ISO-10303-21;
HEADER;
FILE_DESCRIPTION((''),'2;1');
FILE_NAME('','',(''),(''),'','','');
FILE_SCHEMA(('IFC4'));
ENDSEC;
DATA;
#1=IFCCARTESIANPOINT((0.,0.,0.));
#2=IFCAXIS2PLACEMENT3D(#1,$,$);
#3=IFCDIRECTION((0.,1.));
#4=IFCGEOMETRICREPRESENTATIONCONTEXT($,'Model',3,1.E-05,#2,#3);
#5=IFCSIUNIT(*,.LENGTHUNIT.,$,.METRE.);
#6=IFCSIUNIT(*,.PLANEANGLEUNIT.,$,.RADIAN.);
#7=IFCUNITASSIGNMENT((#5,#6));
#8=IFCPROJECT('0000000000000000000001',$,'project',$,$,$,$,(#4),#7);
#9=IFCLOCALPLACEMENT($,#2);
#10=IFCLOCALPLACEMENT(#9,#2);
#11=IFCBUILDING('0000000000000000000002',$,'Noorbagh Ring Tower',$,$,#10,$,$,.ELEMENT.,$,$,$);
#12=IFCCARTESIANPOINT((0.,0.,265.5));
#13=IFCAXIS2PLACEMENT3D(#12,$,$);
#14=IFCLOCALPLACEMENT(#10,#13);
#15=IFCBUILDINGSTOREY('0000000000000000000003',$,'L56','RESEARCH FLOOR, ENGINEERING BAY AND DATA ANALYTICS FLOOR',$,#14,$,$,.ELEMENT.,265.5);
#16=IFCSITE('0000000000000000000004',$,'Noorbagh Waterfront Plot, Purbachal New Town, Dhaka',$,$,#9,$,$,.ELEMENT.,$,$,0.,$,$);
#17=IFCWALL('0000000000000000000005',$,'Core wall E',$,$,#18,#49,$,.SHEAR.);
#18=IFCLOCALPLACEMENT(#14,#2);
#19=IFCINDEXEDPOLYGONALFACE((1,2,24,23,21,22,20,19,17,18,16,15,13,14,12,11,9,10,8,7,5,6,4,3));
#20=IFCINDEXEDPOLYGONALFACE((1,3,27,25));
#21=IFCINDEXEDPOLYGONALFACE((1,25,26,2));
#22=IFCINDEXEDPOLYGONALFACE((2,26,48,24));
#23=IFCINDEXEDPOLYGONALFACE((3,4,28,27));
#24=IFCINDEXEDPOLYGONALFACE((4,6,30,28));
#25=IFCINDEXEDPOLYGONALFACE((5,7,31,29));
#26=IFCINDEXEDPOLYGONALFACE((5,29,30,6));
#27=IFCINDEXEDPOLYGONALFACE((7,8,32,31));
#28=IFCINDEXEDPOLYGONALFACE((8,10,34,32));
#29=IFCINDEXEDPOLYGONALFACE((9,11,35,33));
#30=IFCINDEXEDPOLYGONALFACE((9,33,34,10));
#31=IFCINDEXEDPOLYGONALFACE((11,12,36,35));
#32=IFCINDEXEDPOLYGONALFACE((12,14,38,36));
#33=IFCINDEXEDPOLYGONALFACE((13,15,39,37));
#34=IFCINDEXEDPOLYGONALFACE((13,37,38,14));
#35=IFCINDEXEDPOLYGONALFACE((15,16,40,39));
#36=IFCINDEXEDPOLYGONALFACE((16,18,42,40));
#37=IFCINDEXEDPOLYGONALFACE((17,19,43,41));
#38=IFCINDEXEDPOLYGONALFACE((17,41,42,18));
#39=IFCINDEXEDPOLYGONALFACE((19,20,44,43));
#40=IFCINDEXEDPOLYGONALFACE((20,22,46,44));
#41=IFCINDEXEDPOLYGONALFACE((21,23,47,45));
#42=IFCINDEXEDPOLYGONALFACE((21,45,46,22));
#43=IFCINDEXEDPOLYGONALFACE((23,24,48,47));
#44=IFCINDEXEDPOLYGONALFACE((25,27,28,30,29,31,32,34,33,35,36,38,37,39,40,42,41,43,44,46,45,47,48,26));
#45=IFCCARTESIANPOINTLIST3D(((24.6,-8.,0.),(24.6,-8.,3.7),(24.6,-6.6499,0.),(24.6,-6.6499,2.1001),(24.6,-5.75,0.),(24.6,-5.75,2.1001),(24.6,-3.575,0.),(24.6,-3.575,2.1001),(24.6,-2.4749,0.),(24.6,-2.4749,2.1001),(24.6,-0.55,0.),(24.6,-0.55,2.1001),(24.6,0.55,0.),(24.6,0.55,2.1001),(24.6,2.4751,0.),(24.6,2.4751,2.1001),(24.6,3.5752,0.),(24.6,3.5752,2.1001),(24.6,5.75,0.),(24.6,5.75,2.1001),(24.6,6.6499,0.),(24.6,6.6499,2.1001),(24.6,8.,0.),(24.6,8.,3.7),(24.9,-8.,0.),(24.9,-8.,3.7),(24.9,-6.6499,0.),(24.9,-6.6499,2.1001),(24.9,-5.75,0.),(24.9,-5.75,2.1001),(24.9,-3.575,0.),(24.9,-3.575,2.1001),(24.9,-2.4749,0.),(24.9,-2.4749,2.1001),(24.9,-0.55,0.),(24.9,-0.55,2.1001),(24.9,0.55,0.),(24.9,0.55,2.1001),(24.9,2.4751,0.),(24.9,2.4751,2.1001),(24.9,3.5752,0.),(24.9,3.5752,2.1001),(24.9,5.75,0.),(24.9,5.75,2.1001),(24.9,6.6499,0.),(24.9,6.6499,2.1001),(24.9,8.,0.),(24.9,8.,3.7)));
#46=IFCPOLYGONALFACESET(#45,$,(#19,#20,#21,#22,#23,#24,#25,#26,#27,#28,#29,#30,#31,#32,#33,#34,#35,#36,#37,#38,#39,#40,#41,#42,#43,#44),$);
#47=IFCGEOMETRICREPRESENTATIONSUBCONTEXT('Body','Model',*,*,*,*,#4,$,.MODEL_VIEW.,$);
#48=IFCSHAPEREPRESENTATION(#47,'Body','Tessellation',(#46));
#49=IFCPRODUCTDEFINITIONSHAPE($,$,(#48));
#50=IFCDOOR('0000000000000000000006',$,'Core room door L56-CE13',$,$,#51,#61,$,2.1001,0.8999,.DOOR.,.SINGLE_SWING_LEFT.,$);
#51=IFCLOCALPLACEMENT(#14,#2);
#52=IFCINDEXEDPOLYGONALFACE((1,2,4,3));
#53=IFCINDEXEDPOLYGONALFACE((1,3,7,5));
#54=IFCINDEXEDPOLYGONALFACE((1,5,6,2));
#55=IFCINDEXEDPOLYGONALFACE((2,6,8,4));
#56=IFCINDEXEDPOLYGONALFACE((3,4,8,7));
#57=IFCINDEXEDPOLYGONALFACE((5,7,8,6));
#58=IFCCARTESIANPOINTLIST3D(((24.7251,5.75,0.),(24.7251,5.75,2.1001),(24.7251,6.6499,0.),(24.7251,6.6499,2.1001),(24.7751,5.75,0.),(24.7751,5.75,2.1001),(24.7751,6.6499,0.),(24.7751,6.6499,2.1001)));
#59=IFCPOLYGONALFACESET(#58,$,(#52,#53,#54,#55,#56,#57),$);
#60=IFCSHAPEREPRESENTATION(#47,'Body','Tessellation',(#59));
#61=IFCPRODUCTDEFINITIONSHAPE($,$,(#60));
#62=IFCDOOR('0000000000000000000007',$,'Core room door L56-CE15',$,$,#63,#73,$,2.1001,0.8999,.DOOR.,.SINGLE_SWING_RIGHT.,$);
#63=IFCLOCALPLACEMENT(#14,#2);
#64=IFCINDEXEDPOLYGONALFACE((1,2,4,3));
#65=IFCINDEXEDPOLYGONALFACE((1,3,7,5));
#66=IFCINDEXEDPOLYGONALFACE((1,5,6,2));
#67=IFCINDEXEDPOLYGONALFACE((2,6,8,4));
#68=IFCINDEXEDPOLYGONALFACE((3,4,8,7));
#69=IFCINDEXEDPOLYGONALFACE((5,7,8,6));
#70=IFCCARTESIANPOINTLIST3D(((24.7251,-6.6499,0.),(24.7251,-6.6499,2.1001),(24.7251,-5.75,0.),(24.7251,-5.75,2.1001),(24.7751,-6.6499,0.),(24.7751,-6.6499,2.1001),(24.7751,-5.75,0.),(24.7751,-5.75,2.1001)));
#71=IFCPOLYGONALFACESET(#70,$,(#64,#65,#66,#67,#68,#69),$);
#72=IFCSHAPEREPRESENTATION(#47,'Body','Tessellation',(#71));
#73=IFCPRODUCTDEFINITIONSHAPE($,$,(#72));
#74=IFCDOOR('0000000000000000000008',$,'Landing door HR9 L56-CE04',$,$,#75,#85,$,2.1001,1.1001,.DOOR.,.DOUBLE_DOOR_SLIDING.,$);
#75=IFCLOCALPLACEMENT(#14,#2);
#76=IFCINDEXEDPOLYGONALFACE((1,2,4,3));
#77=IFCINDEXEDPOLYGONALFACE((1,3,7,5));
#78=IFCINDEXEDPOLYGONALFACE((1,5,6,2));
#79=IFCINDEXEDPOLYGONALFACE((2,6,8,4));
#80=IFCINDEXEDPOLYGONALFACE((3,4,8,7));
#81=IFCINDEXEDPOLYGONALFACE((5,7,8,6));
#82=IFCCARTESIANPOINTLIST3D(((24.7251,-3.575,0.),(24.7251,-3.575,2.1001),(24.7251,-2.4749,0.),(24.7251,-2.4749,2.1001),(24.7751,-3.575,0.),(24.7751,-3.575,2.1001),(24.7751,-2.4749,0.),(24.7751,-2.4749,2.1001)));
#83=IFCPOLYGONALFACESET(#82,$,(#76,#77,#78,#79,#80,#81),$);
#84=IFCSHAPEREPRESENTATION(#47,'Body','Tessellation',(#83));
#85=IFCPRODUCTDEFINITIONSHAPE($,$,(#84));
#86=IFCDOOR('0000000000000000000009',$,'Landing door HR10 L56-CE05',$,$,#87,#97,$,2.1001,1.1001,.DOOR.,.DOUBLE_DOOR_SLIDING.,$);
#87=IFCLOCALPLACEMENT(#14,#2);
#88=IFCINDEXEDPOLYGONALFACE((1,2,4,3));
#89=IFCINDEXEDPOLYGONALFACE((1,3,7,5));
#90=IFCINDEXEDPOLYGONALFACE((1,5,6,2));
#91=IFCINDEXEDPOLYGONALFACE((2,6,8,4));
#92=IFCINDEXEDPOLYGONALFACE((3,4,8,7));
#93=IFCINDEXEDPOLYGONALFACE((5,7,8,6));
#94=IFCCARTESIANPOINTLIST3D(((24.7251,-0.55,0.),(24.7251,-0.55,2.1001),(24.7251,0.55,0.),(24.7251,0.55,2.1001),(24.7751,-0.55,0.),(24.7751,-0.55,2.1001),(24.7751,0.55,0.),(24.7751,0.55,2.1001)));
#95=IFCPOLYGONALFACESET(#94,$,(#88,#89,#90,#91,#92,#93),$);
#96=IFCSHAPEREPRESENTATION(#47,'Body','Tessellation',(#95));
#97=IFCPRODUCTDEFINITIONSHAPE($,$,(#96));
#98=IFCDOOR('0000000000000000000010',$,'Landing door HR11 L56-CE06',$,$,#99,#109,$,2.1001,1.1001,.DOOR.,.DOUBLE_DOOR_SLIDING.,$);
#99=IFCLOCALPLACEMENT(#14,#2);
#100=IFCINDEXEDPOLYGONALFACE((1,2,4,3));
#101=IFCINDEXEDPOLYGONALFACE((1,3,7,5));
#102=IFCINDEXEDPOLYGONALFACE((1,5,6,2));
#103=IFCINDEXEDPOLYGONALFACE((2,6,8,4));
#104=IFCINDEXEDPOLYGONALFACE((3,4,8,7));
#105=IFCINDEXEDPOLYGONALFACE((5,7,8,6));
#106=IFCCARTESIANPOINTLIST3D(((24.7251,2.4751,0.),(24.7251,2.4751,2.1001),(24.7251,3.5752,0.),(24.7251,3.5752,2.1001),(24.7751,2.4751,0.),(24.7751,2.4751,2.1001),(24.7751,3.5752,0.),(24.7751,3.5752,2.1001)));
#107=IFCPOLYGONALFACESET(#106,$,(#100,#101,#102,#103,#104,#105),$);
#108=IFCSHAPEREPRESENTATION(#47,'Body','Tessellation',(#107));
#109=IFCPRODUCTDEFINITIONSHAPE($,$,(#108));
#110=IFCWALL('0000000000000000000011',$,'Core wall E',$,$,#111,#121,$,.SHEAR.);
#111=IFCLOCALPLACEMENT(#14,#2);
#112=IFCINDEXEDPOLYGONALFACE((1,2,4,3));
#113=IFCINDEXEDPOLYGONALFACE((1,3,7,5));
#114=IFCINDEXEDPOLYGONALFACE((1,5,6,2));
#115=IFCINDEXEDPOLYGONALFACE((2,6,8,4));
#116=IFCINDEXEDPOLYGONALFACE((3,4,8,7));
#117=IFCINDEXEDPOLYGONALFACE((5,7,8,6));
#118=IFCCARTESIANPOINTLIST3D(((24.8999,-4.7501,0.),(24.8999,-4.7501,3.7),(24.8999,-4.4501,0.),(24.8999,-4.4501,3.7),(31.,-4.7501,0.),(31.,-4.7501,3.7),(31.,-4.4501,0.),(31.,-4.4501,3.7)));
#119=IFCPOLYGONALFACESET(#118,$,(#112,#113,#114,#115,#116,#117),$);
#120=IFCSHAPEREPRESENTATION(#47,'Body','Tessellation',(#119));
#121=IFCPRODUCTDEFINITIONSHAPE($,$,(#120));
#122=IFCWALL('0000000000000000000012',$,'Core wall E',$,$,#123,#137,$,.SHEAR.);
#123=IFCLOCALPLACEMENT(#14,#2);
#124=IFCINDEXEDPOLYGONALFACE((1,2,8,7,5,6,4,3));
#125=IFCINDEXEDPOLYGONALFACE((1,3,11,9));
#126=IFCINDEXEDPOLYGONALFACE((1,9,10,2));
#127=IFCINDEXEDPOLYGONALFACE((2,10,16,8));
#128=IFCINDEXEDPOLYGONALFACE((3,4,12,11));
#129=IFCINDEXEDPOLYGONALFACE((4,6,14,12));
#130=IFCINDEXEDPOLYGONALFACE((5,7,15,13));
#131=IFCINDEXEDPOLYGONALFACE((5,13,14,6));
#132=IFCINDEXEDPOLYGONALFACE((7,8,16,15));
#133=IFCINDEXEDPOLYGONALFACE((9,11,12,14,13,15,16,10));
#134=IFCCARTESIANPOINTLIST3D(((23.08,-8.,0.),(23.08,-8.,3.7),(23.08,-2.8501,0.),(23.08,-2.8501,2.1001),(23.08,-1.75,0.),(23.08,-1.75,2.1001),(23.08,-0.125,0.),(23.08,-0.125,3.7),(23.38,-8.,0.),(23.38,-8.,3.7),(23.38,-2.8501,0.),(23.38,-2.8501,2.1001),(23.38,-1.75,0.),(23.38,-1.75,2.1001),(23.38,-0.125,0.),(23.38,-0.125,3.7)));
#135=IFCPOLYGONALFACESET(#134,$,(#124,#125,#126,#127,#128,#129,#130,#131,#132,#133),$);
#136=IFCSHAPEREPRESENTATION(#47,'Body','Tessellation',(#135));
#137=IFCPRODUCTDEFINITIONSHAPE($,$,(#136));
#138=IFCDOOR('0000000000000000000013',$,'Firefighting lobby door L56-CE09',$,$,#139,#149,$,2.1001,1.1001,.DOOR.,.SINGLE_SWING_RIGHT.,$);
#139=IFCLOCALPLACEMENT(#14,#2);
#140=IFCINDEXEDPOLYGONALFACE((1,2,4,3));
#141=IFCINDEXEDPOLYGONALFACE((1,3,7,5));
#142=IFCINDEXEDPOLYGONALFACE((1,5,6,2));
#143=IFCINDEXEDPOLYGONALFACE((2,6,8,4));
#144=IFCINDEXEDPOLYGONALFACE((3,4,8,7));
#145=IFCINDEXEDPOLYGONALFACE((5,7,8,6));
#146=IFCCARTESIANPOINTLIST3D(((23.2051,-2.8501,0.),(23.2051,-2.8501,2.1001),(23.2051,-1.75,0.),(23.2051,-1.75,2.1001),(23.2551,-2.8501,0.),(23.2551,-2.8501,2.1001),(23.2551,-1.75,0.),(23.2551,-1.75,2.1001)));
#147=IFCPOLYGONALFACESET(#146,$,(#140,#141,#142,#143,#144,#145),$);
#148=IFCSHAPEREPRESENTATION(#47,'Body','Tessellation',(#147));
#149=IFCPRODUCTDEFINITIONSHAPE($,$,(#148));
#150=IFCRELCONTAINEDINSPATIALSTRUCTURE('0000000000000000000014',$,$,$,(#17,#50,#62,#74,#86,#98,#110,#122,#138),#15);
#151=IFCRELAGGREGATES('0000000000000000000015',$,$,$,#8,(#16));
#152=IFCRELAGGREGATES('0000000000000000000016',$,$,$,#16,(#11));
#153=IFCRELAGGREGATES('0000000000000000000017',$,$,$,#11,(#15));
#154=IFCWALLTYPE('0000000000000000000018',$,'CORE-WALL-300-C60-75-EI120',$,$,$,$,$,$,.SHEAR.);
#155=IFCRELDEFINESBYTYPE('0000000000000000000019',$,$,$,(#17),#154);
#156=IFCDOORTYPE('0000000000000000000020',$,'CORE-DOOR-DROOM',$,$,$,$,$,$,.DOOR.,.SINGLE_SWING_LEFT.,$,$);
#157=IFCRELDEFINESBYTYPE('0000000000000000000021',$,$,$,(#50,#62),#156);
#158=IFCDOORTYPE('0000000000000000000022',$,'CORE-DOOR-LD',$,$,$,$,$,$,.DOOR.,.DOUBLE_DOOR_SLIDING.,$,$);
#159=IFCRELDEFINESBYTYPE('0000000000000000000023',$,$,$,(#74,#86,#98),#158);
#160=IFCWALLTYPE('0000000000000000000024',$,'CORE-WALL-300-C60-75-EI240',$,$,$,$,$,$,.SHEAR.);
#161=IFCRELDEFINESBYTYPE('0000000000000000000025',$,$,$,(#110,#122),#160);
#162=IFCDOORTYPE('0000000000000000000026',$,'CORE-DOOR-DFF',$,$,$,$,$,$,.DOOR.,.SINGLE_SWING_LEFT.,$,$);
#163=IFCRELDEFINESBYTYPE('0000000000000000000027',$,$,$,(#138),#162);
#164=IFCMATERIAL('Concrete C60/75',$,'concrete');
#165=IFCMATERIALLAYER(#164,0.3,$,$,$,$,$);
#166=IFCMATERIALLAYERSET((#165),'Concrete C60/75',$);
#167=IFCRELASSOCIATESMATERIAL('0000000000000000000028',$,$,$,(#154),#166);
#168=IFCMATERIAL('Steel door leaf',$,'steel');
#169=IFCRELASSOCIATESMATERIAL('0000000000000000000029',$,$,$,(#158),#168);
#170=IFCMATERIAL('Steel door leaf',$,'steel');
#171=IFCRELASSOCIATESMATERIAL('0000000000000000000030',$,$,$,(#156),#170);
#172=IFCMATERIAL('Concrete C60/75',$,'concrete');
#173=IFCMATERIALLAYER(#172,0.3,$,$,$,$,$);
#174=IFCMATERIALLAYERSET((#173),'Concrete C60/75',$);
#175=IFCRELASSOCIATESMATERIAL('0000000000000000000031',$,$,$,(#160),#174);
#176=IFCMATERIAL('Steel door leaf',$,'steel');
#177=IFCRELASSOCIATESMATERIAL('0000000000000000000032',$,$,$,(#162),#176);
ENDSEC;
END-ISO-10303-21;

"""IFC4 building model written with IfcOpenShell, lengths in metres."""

from ifc_helpers import new_model, si_unit, direction, frame, frame_2d, origin, place, context, subcontext, project, spatial, rectangle, extrude, material, layer, layer_set, type_object, element, fill, save


model = new_model("IFC4")

# Units and contexts
model_context = context("Model", 3, precision=1e-05, world=origin(), true_north=direction((0.0, 1.0)))
body_context = subcontext(model_context, "Body", "Model", "MODEL_VIEW")
ifc_project = project(units=[si_unit("LENGTHUNIT", "METRE"), si_unit("PLANEANGLEUNIT", "RADIAN")], contexts=[model_context])

# Site, building, storey
site_placement = place(None, origin())
site = spatial("IfcSite", under=ifc_project, at=site_placement, Name="Noorbagh Waterfront Plot, Purbachal New Town, Dhaka", CompositionType="ELEMENT", RefElevation=0.0)
building_placement = place(site_placement, origin())
building = spatial("IfcBuilding", under=site, at=building_placement, Name="Noorbagh Ring Tower", CompositionType="ELEMENT")
storey_placement = place(building_placement, frame((0.0, 0.0, 265.5)))
storey = spatial("IfcBuildingStorey", under=building, at=storey_placement, Name="L56", Description="RESEARCH FLOOR, ENGINEERING BAY AND DATA ANALYTICS FLOOR", CompositionType="ELEMENT", Elevation=265.5)

# Shared definitions
ifc_material_1 = material(Name="Concrete C60/75", Category="concrete")
ifc_layer_1 = layer(ifc_material_1, 0.3)
ifc_layer_set_1 = layer_set([ifc_layer_1], Name="Concrete C60/75")
wall_type_1 = type_object("IfcWallType", Name="CORE-WALL-300-C60-75-EI120", PredefinedType="SHEAR", material=ifc_layer_set_1)

# Wall, openings, doors
ifc_material_2 = material(Name="Steel door leaf", Category="steel")
door_type_1 = type_object("IfcDoorType", Name="CORE-DOOR-LD", OperationType="DOUBLE_DOOR_SLIDING", PredefinedType="DOOR", material=ifc_material_2)
wall_1_placement = place(storey_placement, frame((24.75, -8.0, 0.0), z_axis=(0.0, 0.0, 1.0), x_axis=(0.0, 1.0, 0.0)))
wall_1 = element("IfcWall", 1, at=wall_1_placement, inside=storey, type_object=wall_type_1, Name="Core wall E", PredefinedType="SHEAR", context=body_context, shape_type="SweptSolid", body=[
    extrude(rectangle(XDim=16.0, YDim=0.3, at=frame_2d((8.0, 0.0))), origin(), (0.0, 0.0, 1.0), 3.7),
])
opening_1_placement = place(wall_1_placement, frame((4.425, 0.0, 0.0)))
opening_1 = element("IfcOpeningElement", 2, at=opening_1_placement, cuts=wall_1, PredefinedType="OPENING", context=body_context, shape_type="SweptSolid", body=[
    extrude(rectangle(XDim=1.1001, YDim=2.1001, at=frame_2d((0.55, 1.05))), frame((0.0, 0.1602, 0.0), z_axis=(0.0, -1.0, 0.0), x_axis=(1.0, 0.0, 0.0)), (0.0, 0.0, 1.0), 0.3201),
])
opening_2_placement = place(wall_1_placement, frame((7.45, 0.0, 0.0)))
opening_2 = element("IfcOpeningElement", 3, at=opening_2_placement, cuts=wall_1, PredefinedType="OPENING", context=body_context, shape_type="SweptSolid", body=[
    extrude(rectangle(XDim=1.1001, YDim=2.1001, at=frame_2d((0.55, 1.05))), frame((0.0, 0.1602, 0.0), z_axis=(0.0, -1.0, 0.0), x_axis=(1.0, 0.0, 0.0)), (0.0, 0.0, 1.0), 0.3201),
])
opening_3_placement = place(wall_1_placement, frame((10.4751, 0.0, 0.0)))
opening_3 = element("IfcOpeningElement", 4, at=opening_3_placement, cuts=wall_1, PredefinedType="OPENING", context=body_context, shape_type="SweptSolid", body=[
    extrude(rectangle(XDim=1.1001, YDim=2.1001, at=frame_2d((0.55, 1.05))), frame((0.0, 0.1602, 0.0), z_axis=(0.0, -1.0, 0.0), x_axis=(1.0, 0.0, 0.0)), (0.0, 0.0, 1.0), 0.3201),
])
opening_4_placement = place(wall_1_placement, frame((13.75, 0.0, 0.0)))
opening_4 = element("IfcOpeningElement", 5, at=opening_4_placement, cuts=wall_1, PredefinedType="OPENING", context=body_context, shape_type="SweptSolid", body=[
    extrude(rectangle(XDim=0.8999, YDim=2.1001, at=frame_2d((0.45, 1.05))), frame((0.0, 0.1602, 0.0), z_axis=(0.0, -1.0, 0.0), x_axis=(1.0, 0.0, 0.0)), (0.0, 0.0, 1.0), 0.3201),
])
opening_5_placement = place(wall_1_placement, frame((1.3501, 0.0, 0.0)))
opening_5 = element("IfcOpeningElement", 6, at=opening_5_placement, cuts=wall_1, PredefinedType="OPENING", context=body_context, shape_type="SweptSolid", body=[
    extrude(rectangle(XDim=0.8999, YDim=2.1001, at=frame_2d((0.45, 1.05))), frame((0.0, 0.1602, 0.0), z_axis=(0.0, -1.0, 0.0), x_axis=(1.0, 0.0, 0.0)), (0.0, 0.0, 1.0), 0.3201),
])
ifc_material_3 = material(Name="Steel door leaf", Category="steel")
door_type_2 = type_object("IfcDoorType", Name="CORE-DOOR-DROOM", OperationType="SINGLE_SWING_LEFT", PredefinedType="DOOR", material=ifc_material_3)
door_1_placement = place(opening_4_placement, origin())
door_1 = element("IfcDoor", 7, at=door_1_placement, inside=storey, type_object=door_type_2, Name="Core room door L56-CE13", OperationType="SINGLE_SWING_LEFT", OverallHeight=2.1001, OverallWidth=0.8999, PredefinedType="DOOR", context=body_context, shape_type="SweptSolid", body=[
    extrude(rectangle(XDim=0.8999, YDim=2.1001, at=frame_2d((0.45, 1.05))), frame((0.0, 0.0249, 0.0), z_axis=(0.0, -1.0, 0.0), x_axis=(1.0, 0.0, 0.0)), (0.0, 0.0, 1.0), 0.05),
])
fill(opening_4, door_1)
door_2_placement = place(opening_5_placement, origin())
door_2 = element("IfcDoor", 8, at=door_2_placement, inside=storey, type_object=door_type_2, Name="Core room door L56-CE15", OperationType="SINGLE_SWING_RIGHT", OverallHeight=2.1001, OverallWidth=0.8999, PredefinedType="DOOR", context=body_context, shape_type="SweptSolid", body=[
    extrude(rectangle(XDim=0.8999, YDim=2.1001, at=frame_2d((0.45, 1.05))), frame((0.0, 0.0249, 0.0), z_axis=(0.0, -1.0, 0.0), x_axis=(1.0, 0.0, 0.0)), (0.0, 0.0, 1.0), 0.05),
])
fill(opening_5, door_2)
door_3_placement = place(opening_1_placement, origin())
door_3 = element("IfcDoor", 9, at=door_3_placement, inside=storey, type_object=door_type_1, Name="Landing door HR9 L56-CE04", OperationType="DOUBLE_DOOR_SLIDING", OverallHeight=2.1001, OverallWidth=1.1001, PredefinedType="DOOR", context=body_context, shape_type="SweptSolid", body=[
    extrude(rectangle(XDim=1.1001, YDim=2.1001, at=frame_2d((0.55, 1.05))), frame((0.0, 0.0249, 0.0), z_axis=(0.0, -1.0, 0.0), x_axis=(1.0, 0.0, 0.0)), (0.0, 0.0, 1.0), 0.05),
])
fill(opening_1, door_3)
door_4_placement = place(opening_2_placement, origin())
door_4 = element("IfcDoor", 10, at=door_4_placement, inside=storey, type_object=door_type_1, Name="Landing door HR10 L56-CE05", OperationType="DOUBLE_DOOR_SLIDING", OverallHeight=2.1001, OverallWidth=1.1001, PredefinedType="DOOR", context=body_context, shape_type="SweptSolid", body=[
    extrude(rectangle(XDim=1.1001, YDim=2.1001, at=frame_2d((0.55, 1.05))), frame((0.0, 0.0249, 0.0), z_axis=(0.0, -1.0, 0.0), x_axis=(1.0, 0.0, 0.0)), (0.0, 0.0, 1.0), 0.05),
])
fill(opening_2, door_4)
door_5_placement = place(opening_3_placement, origin())
door_5 = element("IfcDoor", 11, at=door_5_placement, inside=storey, type_object=door_type_1, Name="Landing door HR11 L56-CE06", OperationType="DOUBLE_DOOR_SLIDING", OverallHeight=2.1001, OverallWidth=1.1001, PredefinedType="DOOR", context=body_context, shape_type="SweptSolid", body=[
    extrude(rectangle(XDim=1.1001, YDim=2.1001, at=frame_2d((0.55, 1.05))), frame((0.0, 0.0249, 0.0), z_axis=(0.0, -1.0, 0.0), x_axis=(1.0, 0.0, 0.0)), (0.0, 0.0, 1.0), 0.05),
])
fill(opening_3, door_5)

# Wall
ifc_material_4 = material(Name="Concrete C60/75", Category="concrete")
ifc_layer_2 = layer(ifc_material_4, 0.3)
ifc_layer_set_2 = layer_set([ifc_layer_2], Name="Concrete C60/75")
wall_type_2 = type_object("IfcWallType", Name="CORE-WALL-300-C60-75-EI240", PredefinedType="SHEAR", material=ifc_layer_set_2)
wall_2_placement = place(storey_placement, frame((24.8999, -4.6001, 0.0), z_axis=(0.0, 0.0, 1.0), x_axis=(1.0, 0.0, 0.0)))
element("IfcWall", 12, at=wall_2_placement, inside=storey, type_object=wall_type_2, Name="Core wall E", PredefinedType="SHEAR", context=body_context, shape_type="SweptSolid", body=[
    extrude(rectangle(XDim=6.1001, YDim=0.3, at=frame_2d((3.05, 0.0))), origin(), (0.0, 0.0, 1.0), 3.7),
])

# Wall, opening, door
wall_3_placement = place(storey_placement, frame((23.23, -8.0, 0.0), z_axis=(0.0, 0.0, 1.0), x_axis=(0.0, 1.0, 0.0)))
wall_3 = element("IfcWall", 13, at=wall_3_placement, inside=storey, type_object=wall_type_2, Name="Core wall E", PredefinedType="SHEAR", context=body_context, shape_type="SweptSolid", body=[
    extrude(rectangle(XDim=7.875, YDim=0.3, at=frame_2d((3.9375, 0.0))), origin(), (0.0, 0.0, 1.0), 3.7),
])
opening_6_placement = place(wall_3_placement, frame((5.1499, 0.0, 0.0)))
opening_6 = element("IfcOpeningElement", 14, at=opening_6_placement, cuts=wall_3, PredefinedType="OPENING", context=body_context, shape_type="SweptSolid", body=[
    extrude(rectangle(XDim=1.1001, YDim=2.1001, at=frame_2d((0.55, 1.05))), frame((0.0, 0.1602, 0.0), z_axis=(0.0, -1.0, 0.0), x_axis=(1.0, 0.0, 0.0)), (0.0, 0.0, 1.0), 0.3201),
])
ifc_material_5 = material(Name="Steel door leaf", Category="steel")
door_type_3 = type_object("IfcDoorType", Name="CORE-DOOR-DFF", OperationType="SINGLE_SWING_LEFT", PredefinedType="DOOR", material=ifc_material_5)
door_6_placement = place(opening_6_placement, origin())
door_6 = element("IfcDoor", 15, at=door_6_placement, inside=storey, type_object=door_type_3, Name="Firefighting lobby door L56-CE09", OperationType="SINGLE_SWING_RIGHT", OverallHeight=2.1001, OverallWidth=1.1001, PredefinedType="DOOR", context=body_context, shape_type="SweptSolid", body=[
    extrude(rectangle(XDim=1.1001, YDim=2.1001, at=frame_2d((0.55, 1.05))), frame((0.0, 0.0249, 0.0), z_axis=(0.0, -1.0, 0.0), x_axis=(1.0, 0.0, 0.0)), (0.0, 0.0, 1.0), 0.05),
])
fill(opening_6, door_6)

save(model, "model.ifc")
